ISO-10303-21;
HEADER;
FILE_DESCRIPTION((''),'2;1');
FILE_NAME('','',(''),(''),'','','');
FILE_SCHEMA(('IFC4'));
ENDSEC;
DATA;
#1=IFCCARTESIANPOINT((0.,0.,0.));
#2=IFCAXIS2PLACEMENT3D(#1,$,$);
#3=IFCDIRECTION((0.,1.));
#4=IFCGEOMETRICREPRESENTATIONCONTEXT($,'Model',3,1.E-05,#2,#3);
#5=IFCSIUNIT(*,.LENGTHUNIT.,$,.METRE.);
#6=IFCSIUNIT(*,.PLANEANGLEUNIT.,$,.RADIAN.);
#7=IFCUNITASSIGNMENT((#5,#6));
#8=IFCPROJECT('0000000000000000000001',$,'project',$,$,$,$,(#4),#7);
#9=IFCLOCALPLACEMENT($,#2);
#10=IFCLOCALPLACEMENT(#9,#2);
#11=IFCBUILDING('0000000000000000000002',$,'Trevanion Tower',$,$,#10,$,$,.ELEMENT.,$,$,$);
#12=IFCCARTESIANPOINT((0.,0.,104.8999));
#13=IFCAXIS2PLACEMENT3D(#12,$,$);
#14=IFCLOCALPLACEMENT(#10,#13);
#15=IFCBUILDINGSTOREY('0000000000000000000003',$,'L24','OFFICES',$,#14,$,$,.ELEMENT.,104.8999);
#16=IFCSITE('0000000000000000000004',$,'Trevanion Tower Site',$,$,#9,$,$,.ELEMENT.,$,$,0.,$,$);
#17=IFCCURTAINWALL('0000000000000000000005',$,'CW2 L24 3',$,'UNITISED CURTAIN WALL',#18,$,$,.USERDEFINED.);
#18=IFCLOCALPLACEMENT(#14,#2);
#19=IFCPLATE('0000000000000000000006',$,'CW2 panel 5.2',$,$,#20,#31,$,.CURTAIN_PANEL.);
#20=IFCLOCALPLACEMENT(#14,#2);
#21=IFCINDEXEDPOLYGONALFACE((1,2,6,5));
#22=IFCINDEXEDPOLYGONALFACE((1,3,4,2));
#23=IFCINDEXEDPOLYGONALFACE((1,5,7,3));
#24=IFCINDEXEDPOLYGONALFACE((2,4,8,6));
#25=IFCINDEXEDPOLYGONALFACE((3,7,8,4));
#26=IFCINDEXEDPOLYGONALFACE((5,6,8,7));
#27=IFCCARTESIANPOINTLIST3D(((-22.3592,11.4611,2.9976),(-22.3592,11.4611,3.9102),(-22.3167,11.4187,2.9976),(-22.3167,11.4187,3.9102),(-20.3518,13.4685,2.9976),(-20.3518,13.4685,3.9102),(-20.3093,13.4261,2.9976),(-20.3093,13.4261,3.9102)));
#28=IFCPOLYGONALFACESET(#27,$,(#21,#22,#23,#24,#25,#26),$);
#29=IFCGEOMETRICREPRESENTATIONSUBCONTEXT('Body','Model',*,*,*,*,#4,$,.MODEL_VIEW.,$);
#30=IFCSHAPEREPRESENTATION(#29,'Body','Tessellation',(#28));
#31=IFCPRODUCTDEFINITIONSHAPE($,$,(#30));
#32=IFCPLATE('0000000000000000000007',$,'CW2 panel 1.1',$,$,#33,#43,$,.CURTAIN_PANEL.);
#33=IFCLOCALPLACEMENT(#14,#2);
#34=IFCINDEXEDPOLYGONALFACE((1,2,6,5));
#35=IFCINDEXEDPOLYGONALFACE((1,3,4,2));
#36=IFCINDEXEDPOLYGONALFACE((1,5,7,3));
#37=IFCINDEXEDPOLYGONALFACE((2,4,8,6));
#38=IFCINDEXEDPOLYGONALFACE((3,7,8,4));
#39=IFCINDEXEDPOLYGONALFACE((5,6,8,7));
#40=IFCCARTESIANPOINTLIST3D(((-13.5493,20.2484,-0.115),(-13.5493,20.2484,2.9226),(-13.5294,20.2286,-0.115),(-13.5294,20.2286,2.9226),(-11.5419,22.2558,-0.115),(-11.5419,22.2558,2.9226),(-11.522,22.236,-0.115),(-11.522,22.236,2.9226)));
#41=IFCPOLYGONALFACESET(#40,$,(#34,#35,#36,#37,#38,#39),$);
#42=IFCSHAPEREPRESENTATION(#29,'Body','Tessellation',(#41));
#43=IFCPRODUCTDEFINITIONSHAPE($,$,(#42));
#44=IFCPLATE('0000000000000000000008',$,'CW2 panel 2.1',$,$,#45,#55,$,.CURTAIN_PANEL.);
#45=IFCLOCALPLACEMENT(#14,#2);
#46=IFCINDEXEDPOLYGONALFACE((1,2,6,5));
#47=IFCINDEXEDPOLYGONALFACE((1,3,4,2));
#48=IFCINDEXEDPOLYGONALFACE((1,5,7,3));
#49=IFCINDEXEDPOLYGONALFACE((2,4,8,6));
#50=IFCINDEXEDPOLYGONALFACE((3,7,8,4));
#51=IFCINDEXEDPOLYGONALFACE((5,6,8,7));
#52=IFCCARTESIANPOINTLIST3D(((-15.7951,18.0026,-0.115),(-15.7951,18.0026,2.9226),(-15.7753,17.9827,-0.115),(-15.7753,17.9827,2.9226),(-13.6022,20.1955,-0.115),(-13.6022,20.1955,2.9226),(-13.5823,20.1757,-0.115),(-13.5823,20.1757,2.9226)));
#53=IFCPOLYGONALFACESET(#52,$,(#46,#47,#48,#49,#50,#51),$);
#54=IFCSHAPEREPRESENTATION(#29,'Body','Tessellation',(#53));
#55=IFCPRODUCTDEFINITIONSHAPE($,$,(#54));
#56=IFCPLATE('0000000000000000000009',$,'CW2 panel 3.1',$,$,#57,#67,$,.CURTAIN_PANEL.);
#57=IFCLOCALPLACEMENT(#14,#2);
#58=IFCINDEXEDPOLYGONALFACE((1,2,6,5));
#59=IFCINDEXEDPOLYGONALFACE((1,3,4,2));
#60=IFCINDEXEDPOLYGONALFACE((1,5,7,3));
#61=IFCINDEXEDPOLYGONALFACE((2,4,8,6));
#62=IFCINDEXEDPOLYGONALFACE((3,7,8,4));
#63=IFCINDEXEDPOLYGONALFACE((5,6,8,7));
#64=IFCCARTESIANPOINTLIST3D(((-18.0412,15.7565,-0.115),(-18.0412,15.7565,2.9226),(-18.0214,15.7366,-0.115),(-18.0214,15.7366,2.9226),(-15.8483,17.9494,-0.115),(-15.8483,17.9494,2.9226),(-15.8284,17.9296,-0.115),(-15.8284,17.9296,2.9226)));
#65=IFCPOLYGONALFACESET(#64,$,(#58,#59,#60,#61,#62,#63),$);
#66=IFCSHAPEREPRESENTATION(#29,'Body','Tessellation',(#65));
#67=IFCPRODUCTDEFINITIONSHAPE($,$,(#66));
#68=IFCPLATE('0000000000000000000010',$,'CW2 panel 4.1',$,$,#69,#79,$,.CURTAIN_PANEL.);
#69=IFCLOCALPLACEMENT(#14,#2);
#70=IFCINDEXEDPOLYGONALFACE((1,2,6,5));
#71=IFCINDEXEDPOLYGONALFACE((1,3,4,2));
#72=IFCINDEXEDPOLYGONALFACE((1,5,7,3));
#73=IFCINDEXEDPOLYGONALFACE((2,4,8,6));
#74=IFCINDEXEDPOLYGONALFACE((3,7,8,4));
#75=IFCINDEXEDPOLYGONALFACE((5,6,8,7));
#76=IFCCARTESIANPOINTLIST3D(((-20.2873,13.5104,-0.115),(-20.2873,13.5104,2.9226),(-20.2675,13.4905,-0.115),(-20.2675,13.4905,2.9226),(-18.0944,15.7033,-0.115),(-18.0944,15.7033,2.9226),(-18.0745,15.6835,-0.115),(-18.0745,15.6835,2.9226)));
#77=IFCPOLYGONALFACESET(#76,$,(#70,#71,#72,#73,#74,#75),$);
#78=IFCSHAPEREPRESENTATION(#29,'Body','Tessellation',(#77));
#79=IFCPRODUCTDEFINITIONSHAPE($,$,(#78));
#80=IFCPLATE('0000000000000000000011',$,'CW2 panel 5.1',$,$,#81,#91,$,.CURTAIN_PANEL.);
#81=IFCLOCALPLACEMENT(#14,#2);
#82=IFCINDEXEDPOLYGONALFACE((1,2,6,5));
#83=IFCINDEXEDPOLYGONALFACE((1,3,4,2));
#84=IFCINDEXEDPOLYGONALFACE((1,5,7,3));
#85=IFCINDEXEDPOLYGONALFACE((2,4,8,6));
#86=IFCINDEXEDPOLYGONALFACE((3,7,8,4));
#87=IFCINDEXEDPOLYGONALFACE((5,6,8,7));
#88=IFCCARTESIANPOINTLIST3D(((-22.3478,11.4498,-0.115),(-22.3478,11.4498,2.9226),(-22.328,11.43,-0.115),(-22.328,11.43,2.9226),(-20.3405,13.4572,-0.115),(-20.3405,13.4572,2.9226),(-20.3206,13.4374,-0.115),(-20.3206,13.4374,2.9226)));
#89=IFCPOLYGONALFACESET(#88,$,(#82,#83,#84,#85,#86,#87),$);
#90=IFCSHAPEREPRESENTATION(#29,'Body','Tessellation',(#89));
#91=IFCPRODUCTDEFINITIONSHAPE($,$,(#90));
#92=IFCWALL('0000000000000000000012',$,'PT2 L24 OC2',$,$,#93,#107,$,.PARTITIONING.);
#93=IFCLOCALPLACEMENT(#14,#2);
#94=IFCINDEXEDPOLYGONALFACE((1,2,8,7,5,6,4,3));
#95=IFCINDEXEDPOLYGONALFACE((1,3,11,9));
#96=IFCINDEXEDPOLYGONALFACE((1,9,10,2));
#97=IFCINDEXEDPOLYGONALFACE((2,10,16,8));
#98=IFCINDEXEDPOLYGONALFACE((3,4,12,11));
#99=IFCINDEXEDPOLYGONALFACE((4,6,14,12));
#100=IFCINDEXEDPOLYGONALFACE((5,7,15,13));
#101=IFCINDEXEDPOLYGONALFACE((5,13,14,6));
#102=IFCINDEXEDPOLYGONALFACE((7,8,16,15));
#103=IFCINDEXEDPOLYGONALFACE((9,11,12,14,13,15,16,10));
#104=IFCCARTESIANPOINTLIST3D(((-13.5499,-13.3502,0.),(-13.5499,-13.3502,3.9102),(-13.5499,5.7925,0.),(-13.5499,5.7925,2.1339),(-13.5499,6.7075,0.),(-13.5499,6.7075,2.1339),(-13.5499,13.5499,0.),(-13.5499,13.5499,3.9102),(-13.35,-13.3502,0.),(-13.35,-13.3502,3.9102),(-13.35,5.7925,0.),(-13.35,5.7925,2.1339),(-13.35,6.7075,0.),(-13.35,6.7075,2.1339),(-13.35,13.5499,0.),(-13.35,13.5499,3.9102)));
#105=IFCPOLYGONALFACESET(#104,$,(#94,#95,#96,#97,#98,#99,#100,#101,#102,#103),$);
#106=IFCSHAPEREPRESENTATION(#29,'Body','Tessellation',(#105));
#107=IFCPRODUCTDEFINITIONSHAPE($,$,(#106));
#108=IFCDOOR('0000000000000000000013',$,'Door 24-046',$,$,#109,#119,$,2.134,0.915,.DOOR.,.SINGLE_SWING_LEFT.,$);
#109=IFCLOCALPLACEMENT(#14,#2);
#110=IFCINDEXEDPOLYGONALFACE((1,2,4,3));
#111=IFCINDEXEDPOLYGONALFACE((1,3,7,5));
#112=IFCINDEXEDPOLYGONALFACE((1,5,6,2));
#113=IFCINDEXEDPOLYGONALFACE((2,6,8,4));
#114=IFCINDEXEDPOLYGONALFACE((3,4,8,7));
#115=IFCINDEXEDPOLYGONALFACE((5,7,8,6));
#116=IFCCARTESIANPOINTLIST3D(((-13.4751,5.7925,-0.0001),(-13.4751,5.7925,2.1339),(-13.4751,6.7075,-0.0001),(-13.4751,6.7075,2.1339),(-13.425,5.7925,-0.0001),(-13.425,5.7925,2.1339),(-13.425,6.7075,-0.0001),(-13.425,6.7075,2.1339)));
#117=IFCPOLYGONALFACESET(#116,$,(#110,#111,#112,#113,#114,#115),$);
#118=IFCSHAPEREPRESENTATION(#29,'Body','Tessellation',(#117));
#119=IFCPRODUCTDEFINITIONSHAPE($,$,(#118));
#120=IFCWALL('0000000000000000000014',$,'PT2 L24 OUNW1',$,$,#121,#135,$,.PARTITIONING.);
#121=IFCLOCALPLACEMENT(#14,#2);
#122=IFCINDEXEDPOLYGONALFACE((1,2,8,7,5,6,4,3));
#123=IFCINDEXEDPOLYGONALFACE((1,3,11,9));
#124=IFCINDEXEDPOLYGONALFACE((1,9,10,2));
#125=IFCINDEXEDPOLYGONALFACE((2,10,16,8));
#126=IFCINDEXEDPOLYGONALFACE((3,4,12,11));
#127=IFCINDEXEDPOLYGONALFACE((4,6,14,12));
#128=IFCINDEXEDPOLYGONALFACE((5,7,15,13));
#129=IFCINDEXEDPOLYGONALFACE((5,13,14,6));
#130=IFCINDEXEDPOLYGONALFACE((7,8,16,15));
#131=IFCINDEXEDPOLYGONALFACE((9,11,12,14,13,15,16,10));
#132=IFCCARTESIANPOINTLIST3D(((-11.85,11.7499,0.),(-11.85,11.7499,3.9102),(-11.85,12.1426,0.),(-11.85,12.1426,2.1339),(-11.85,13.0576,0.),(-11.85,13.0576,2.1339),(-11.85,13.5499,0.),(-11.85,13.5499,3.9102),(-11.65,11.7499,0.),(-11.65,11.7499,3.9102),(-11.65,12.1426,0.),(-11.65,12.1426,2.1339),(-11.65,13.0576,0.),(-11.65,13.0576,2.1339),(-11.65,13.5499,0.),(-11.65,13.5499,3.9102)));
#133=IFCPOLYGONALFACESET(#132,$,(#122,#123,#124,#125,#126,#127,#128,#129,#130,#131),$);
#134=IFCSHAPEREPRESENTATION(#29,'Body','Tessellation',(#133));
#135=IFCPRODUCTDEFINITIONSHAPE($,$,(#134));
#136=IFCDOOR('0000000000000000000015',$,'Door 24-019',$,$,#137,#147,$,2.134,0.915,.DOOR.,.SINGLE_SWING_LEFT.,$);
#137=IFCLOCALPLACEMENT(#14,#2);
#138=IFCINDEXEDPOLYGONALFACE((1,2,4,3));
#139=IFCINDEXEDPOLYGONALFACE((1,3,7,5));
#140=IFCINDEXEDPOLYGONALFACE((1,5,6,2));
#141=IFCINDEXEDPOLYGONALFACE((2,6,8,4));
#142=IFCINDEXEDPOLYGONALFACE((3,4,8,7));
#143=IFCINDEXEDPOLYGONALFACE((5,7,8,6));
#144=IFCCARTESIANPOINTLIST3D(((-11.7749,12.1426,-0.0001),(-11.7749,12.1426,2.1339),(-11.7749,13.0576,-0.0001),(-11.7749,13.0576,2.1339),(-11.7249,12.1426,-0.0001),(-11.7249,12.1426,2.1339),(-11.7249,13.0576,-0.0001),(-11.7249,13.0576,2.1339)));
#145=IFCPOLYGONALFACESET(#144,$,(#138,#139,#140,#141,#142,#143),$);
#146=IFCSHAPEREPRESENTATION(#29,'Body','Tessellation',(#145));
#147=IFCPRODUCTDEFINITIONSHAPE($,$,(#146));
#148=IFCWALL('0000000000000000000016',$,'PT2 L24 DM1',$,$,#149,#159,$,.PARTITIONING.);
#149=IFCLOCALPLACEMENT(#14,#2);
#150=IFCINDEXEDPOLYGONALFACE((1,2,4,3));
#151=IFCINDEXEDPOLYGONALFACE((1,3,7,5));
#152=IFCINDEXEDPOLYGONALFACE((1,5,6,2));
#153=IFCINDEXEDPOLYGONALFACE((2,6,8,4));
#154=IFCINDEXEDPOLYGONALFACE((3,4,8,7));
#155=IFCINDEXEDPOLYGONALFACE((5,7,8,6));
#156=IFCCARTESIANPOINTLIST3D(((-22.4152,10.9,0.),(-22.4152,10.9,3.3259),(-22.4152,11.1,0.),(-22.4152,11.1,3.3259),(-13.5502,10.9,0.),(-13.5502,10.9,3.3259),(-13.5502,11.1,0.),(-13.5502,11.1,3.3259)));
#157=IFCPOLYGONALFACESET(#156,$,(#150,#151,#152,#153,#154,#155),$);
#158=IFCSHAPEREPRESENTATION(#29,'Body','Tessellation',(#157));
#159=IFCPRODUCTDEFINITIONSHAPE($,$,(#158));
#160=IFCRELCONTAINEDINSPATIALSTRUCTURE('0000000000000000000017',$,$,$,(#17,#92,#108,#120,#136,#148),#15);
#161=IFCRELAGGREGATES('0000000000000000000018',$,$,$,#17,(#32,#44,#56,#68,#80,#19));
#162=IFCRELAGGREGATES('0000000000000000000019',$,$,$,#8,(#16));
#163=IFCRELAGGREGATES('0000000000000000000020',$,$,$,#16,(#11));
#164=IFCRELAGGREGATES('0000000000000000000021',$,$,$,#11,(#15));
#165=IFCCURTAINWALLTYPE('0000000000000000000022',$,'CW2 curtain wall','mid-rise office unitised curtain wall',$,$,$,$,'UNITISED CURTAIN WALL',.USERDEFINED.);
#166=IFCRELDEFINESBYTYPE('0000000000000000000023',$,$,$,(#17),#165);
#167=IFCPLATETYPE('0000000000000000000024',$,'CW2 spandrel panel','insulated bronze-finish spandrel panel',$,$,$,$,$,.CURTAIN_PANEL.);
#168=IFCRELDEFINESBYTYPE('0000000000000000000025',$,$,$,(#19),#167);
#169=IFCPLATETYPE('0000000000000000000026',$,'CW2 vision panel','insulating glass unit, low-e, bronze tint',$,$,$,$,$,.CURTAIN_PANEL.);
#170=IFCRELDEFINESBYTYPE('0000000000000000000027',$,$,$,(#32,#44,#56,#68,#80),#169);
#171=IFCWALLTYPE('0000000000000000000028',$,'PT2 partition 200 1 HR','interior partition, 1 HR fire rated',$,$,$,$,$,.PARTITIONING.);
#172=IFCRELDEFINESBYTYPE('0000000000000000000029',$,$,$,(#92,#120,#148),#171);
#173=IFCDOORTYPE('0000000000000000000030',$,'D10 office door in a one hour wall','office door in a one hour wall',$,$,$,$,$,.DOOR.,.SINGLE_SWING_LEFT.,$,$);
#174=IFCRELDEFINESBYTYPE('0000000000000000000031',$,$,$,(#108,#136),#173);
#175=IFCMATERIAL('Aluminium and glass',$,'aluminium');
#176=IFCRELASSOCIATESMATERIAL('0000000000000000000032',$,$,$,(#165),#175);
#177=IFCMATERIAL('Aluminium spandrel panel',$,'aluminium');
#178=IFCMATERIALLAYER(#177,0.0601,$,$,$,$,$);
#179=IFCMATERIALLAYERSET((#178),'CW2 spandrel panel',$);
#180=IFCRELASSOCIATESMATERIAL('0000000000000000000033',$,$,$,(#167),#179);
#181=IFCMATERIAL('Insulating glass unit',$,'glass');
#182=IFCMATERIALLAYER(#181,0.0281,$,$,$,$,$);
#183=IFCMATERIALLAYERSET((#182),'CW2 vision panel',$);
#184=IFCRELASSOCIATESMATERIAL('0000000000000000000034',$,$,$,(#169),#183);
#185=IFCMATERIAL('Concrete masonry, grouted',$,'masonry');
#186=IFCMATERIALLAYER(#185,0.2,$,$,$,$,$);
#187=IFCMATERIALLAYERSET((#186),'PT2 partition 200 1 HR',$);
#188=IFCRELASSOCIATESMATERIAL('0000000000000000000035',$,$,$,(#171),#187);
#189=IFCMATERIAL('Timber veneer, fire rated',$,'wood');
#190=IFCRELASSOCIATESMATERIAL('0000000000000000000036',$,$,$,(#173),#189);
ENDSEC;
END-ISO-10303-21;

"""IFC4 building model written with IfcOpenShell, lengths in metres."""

from ifc_helpers import new_model, si_unit, direction, frame, frame_2d, origin, origin_2d, place, context, subcontext, project, spatial, rectangle, extrude, material, layer, layer_set, type_object, element, fill, aggregate, save


model = new_model("IFC4")

# Units and contexts
model_context = context("Model", 3, precision=1e-05, world=origin(), true_north=direction((0.0, 1.0)))
body_context = subcontext(model_context, "Body", "Model", "MODEL_VIEW")
ifc_project = project(units=[si_unit("LENGTHUNIT", "METRE"), si_unit("PLANEANGLEUNIT", "RADIAN")], contexts=[model_context])

# Site, building, storey
site_placement = place(None, origin())
site = spatial("IfcSite", under=ifc_project, at=site_placement, Name="Trevanion Tower Site", CompositionType="ELEMENT", RefElevation=0.0)
building_placement = place(site_placement, origin())
building = spatial("IfcBuilding", under=site, at=building_placement, Name="Trevanion Tower", CompositionType="ELEMENT")
storey_placement = place(building_placement, frame((0.0, 0.0, 104.8999)))
storey = spatial("IfcBuildingStorey", under=building, at=storey_placement, Name="L24", Description="OFFICES", CompositionType="ELEMENT", Elevation=104.8999)

# Curtain wall
ifc_material_1 = material(Name="Aluminium and glass", Category="aluminium")
curtain_wall_type = type_object("IfcCurtainWallType", Name="CW2 curtain wall", Description="mid-rise office unitised curtain wall", ElementType="UNITISED CURTAIN WALL", PredefinedType="USERDEFINED", material=ifc_material_1)
curtain_wall_placement = place(storey_placement, origin())
curtain_wall = element("IfcCurtainWall", 1, at=curtain_wall_placement, inside=storey, type_object=curtain_wall_type, Name="CW2 L24 3", ObjectType="UNITISED CURTAIN WALL", PredefinedType="USERDEFINED")

# Plates
ifc_material_2 = material(Name="Aluminium spandrel panel", Category="aluminium")
ifc_layer_1 = layer(ifc_material_2, 0.0601)
ifc_layer_set_1 = layer_set([ifc_layer_1], Name="CW2 spandrel panel")
plate_type_1 = type_object("IfcPlateType", Name="CW2 spandrel panel", Description="insulated bronze-finish spandrel panel", PredefinedType="CURTAIN_PANEL", material=ifc_layer_set_1)
plate_1_placement = place(storey_placement, frame((-21.3342, 12.4436, 2.9976), z_axis=(0.0, 0.0, 1.0), x_axis=(-0.707107, -0.707107, 0.0)))
plate_1 = element("IfcPlate", 2, at=plate_1_placement, type_object=plate_type_1, Name="CW2 panel 5.2", PredefinedType="CURTAIN_PANEL", context=body_context, shape_type="SweptSolid", body=[
    extrude(rectangle(XDim=2.8389, YDim=0.0601, at=origin_2d()), origin(), (0.0, 0.0, 1.0), 0.9126),
])
ifc_material_3 = material(Name="Insulating glass unit", Category="glass")
ifc_layer_2 = layer(ifc_material_3, 0.0281)
ifc_layer_set_2 = layer_set([ifc_layer_2], Name="CW2 vision panel")
plate_type_2 = type_object("IfcPlateType", Name="CW2 vision panel", Description="insulating glass unit, low-e, bronze tint", PredefinedType="CURTAIN_PANEL", material=ifc_layer_set_2)
plate_2_placement = place(storey_placement, frame((-12.5356, 21.2422, -0.115), z_axis=(0.0, 0.0, 1.0), x_axis=(-0.707107, -0.707107, 0.0)))
plate_2 = element("IfcPlate", 3, at=plate_2_placement, type_object=plate_type_2, Name="CW2 panel 1.1", PredefinedType="CURTAIN_PANEL", context=body_context, shape_type="SweptSolid", body=[
    extrude(rectangle(XDim=2.8389, YDim=0.0281, at=origin_2d()), origin(), (0.0, 0.0, 1.0), 3.0376),
])
plate_3_placement = place(storey_placement, frame((-14.6887, 19.0891, -0.115), z_axis=(0.0, 0.0, 1.0), x_axis=(-0.707107, -0.707107, 0.0)))
plate_3 = element("IfcPlate", 4, at=plate_3_placement, type_object=plate_type_2, Name="CW2 panel 2.1", PredefinedType="CURTAIN_PANEL", context=body_context, shape_type="SweptSolid", body=[
    extrude(rectangle(XDim=3.1013, YDim=0.0281, at=origin_2d()), origin(), (0.0, 0.0, 1.0), 3.0376),
])
plate_4_placement = place(storey_placement, frame((-16.9348, 16.843, -0.115), z_axis=(0.0, 0.0, 1.0), x_axis=(-0.707107, -0.707107, 0.0)))
plate_4 = element("IfcPlate", 5, at=plate_4_placement, type_object=plate_type_2, Name="CW2 panel 3.1", PredefinedType="CURTAIN_PANEL", context=body_context, shape_type="SweptSolid", body=[
    extrude(rectangle(XDim=3.1013, YDim=0.0281, at=origin_2d()), origin(), (0.0, 0.0, 1.0), 3.0376),
])
plate_5_placement = place(storey_placement, frame((-19.1809, 14.5969, -0.115), z_axis=(0.0, 0.0, 1.0), x_axis=(-0.707107, -0.707107, 0.0)))
plate_5 = element("IfcPlate", 6, at=plate_5_placement, type_object=plate_type_2, Name="CW2 panel 4.1", PredefinedType="CURTAIN_PANEL", context=body_context, shape_type="SweptSolid", body=[
    extrude(rectangle(XDim=3.1013, YDim=0.0281, at=origin_2d()), origin(), (0.0, 0.0, 1.0), 3.0376),
])
plate_6_placement = place(storey_placement, frame((-21.3342, 12.4436, -0.115), z_axis=(0.0, 0.0, 1.0), x_axis=(-0.707107, -0.707107, 0.0)))
plate_6 = element("IfcPlate", 7, at=plate_6_placement, type_object=plate_type_2, Name="CW2 panel 5.1", PredefinedType="CURTAIN_PANEL", context=body_context, shape_type="SweptSolid", body=[
    extrude(rectangle(XDim=2.8389, YDim=0.0281, at=origin_2d()), origin(), (0.0, 0.0, 1.0), 3.0376),
])
aggregate(curtain_wall, [plate_2, plate_3, plate_4, plate_5, plate_6, plate_1])

# Walls, openings, doors
ifc_material_4 = material(Name="Concrete masonry, grouted", Category="masonry")
ifc_layer_3 = layer(ifc_material_4, 0.2)
ifc_layer_set_3 = layer_set([ifc_layer_3], Name="PT2 partition 200 1 HR")
wall_type = type_object("IfcWallType", Name="PT2 partition 200 1 HR", Description="interior partition, 1 HR fire rated", PredefinedType="PARTITIONING", material=ifc_layer_set_3)
wall_1_placement = place(storey_placement, frame((-13.45, 13.55, 0.0), z_axis=(0.0, 0.0, 1.0), x_axis=(0.0, -1.0, 0.0)))
wall_1 = element("IfcWall", 8, at=wall_1_placement, inside=storey, type_object=wall_type, Name="PT2 L24 OC2", PredefinedType="PARTITIONING", context=body_context, shape_type="SweptSolid", body=[
    extrude(rectangle(XDim=26.9001, YDim=0.2, at=frame_2d((13.4502, 0.0))), origin(), (0.0, 0.0, 1.0), 3.9102),
])
opening_1_placement = place(wall_1_placement, frame((6.8425, 0.0, 0.0)))
opening_1 = element("IfcOpeningElement", 9, at=opening_1_placement, cuts=wall_1, PredefinedType="OPENING", context=body_context, shape_type="SweptSolid", body=[
    extrude(rectangle(XDim=0.915, YDim=2.134, at=frame_2d((0.4575, 1.0669))), frame((0.0, 0.1099, 0.0), z_axis=(0.0, -1.0, 0.0), x_axis=(1.0, 0.0, 0.0)), (0.0, 0.0, 1.0), 0.22),
])
ifc_material_5 = material(Name="Timber veneer, fire rated", Category="wood")
door_type = type_object("IfcDoorType", Name="D10 office door in a one hour wall", Description="office door in a one hour wall", OperationType="SINGLE_SWING_LEFT", PredefinedType="DOOR", material=ifc_material_5)
door_1_placement = place(opening_1_placement, origin())
door_1 = element("IfcDoor", 10, at=door_1_placement, inside=storey, type_object=door_type, Name="Door 24-046", OperationType="SINGLE_SWING_LEFT", OverallHeight=2.134, OverallWidth=0.915, PredefinedType="DOOR", context=body_context, shape_type="SweptSolid", body=[
    extrude(rectangle(XDim=0.915, YDim=2.134, at=frame_2d((0.4575, 1.0669))), frame((0.0, 0.0249, 0.0), z_axis=(0.0, -1.0, 0.0), x_axis=(1.0, 0.0, 0.0)), (0.0, 0.0, 1.0), 0.05),
])
fill(opening_1, door_1)
wall_2_placement = place(storey_placement, frame((-11.75, 11.75, 0.0), z_axis=(0.0, 0.0, 1.0), x_axis=(0.0, 1.0, 0.0)))
wall_2 = element("IfcWall", 11, at=wall_2_placement, inside=storey, type_object=wall_type, Name="PT2 L24 OUNW1", PredefinedType="PARTITIONING", context=body_context, shape_type="SweptSolid", body=[
    extrude(rectangle(XDim=1.8, YDim=0.2, at=frame_2d((0.8999, 0.0))), origin(), (0.0, 0.0, 1.0), 3.9102),
])
opening_2_placement = place(wall_2_placement, frame((0.3926, 0.0, 0.0)))
opening_2 = element("IfcOpeningElement", 12, at=opening_2_placement, cuts=wall_2, PredefinedType="OPENING", context=body_context, shape_type="SweptSolid", body=[
    extrude(rectangle(XDim=0.915, YDim=2.134, at=frame_2d((0.4575, 1.0669))), frame((0.0, 0.1099, 0.0), z_axis=(0.0, -1.0, 0.0), x_axis=(1.0, 0.0, 0.0)), (0.0, 0.0, 1.0), 0.22),
])
door_2_placement = place(opening_2_placement, origin())
door_2 = element("IfcDoor", 13, at=door_2_placement, inside=storey, type_object=door_type, Name="Door 24-019", OperationType="SINGLE_SWING_LEFT", OverallHeight=2.134, OverallWidth=0.915, PredefinedType="DOOR", context=body_context, shape_type="SweptSolid", body=[
    extrude(rectangle(XDim=0.915, YDim=2.134, at=frame_2d((0.4575, 1.0669))), frame((0.0, 0.0249, 0.0), z_axis=(0.0, -1.0, 0.0), x_axis=(1.0, 0.0, 0.0)), (0.0, 0.0, 1.0), 0.05),
])
fill(opening_2, door_2)

# Wall
wall_3_placement = place(storey_placement, frame((-13.55, 11.0, 0.0), z_axis=(0.0, 0.0, 1.0), x_axis=(-1.0, 0.0, 0.0)))
element("IfcWall", 14, at=wall_3_placement, inside=storey, type_object=wall_type, Name="PT2 L24 DM1", PredefinedType="PARTITIONING", context=body_context, shape_type="SweptSolid", body=[
    extrude(rectangle(XDim=8.865, YDim=0.2, at=frame_2d((4.4326, 0.0))), origin(), (0.0, 0.0, 1.0), 3.3259),
])

save(model, "model.ifc")
